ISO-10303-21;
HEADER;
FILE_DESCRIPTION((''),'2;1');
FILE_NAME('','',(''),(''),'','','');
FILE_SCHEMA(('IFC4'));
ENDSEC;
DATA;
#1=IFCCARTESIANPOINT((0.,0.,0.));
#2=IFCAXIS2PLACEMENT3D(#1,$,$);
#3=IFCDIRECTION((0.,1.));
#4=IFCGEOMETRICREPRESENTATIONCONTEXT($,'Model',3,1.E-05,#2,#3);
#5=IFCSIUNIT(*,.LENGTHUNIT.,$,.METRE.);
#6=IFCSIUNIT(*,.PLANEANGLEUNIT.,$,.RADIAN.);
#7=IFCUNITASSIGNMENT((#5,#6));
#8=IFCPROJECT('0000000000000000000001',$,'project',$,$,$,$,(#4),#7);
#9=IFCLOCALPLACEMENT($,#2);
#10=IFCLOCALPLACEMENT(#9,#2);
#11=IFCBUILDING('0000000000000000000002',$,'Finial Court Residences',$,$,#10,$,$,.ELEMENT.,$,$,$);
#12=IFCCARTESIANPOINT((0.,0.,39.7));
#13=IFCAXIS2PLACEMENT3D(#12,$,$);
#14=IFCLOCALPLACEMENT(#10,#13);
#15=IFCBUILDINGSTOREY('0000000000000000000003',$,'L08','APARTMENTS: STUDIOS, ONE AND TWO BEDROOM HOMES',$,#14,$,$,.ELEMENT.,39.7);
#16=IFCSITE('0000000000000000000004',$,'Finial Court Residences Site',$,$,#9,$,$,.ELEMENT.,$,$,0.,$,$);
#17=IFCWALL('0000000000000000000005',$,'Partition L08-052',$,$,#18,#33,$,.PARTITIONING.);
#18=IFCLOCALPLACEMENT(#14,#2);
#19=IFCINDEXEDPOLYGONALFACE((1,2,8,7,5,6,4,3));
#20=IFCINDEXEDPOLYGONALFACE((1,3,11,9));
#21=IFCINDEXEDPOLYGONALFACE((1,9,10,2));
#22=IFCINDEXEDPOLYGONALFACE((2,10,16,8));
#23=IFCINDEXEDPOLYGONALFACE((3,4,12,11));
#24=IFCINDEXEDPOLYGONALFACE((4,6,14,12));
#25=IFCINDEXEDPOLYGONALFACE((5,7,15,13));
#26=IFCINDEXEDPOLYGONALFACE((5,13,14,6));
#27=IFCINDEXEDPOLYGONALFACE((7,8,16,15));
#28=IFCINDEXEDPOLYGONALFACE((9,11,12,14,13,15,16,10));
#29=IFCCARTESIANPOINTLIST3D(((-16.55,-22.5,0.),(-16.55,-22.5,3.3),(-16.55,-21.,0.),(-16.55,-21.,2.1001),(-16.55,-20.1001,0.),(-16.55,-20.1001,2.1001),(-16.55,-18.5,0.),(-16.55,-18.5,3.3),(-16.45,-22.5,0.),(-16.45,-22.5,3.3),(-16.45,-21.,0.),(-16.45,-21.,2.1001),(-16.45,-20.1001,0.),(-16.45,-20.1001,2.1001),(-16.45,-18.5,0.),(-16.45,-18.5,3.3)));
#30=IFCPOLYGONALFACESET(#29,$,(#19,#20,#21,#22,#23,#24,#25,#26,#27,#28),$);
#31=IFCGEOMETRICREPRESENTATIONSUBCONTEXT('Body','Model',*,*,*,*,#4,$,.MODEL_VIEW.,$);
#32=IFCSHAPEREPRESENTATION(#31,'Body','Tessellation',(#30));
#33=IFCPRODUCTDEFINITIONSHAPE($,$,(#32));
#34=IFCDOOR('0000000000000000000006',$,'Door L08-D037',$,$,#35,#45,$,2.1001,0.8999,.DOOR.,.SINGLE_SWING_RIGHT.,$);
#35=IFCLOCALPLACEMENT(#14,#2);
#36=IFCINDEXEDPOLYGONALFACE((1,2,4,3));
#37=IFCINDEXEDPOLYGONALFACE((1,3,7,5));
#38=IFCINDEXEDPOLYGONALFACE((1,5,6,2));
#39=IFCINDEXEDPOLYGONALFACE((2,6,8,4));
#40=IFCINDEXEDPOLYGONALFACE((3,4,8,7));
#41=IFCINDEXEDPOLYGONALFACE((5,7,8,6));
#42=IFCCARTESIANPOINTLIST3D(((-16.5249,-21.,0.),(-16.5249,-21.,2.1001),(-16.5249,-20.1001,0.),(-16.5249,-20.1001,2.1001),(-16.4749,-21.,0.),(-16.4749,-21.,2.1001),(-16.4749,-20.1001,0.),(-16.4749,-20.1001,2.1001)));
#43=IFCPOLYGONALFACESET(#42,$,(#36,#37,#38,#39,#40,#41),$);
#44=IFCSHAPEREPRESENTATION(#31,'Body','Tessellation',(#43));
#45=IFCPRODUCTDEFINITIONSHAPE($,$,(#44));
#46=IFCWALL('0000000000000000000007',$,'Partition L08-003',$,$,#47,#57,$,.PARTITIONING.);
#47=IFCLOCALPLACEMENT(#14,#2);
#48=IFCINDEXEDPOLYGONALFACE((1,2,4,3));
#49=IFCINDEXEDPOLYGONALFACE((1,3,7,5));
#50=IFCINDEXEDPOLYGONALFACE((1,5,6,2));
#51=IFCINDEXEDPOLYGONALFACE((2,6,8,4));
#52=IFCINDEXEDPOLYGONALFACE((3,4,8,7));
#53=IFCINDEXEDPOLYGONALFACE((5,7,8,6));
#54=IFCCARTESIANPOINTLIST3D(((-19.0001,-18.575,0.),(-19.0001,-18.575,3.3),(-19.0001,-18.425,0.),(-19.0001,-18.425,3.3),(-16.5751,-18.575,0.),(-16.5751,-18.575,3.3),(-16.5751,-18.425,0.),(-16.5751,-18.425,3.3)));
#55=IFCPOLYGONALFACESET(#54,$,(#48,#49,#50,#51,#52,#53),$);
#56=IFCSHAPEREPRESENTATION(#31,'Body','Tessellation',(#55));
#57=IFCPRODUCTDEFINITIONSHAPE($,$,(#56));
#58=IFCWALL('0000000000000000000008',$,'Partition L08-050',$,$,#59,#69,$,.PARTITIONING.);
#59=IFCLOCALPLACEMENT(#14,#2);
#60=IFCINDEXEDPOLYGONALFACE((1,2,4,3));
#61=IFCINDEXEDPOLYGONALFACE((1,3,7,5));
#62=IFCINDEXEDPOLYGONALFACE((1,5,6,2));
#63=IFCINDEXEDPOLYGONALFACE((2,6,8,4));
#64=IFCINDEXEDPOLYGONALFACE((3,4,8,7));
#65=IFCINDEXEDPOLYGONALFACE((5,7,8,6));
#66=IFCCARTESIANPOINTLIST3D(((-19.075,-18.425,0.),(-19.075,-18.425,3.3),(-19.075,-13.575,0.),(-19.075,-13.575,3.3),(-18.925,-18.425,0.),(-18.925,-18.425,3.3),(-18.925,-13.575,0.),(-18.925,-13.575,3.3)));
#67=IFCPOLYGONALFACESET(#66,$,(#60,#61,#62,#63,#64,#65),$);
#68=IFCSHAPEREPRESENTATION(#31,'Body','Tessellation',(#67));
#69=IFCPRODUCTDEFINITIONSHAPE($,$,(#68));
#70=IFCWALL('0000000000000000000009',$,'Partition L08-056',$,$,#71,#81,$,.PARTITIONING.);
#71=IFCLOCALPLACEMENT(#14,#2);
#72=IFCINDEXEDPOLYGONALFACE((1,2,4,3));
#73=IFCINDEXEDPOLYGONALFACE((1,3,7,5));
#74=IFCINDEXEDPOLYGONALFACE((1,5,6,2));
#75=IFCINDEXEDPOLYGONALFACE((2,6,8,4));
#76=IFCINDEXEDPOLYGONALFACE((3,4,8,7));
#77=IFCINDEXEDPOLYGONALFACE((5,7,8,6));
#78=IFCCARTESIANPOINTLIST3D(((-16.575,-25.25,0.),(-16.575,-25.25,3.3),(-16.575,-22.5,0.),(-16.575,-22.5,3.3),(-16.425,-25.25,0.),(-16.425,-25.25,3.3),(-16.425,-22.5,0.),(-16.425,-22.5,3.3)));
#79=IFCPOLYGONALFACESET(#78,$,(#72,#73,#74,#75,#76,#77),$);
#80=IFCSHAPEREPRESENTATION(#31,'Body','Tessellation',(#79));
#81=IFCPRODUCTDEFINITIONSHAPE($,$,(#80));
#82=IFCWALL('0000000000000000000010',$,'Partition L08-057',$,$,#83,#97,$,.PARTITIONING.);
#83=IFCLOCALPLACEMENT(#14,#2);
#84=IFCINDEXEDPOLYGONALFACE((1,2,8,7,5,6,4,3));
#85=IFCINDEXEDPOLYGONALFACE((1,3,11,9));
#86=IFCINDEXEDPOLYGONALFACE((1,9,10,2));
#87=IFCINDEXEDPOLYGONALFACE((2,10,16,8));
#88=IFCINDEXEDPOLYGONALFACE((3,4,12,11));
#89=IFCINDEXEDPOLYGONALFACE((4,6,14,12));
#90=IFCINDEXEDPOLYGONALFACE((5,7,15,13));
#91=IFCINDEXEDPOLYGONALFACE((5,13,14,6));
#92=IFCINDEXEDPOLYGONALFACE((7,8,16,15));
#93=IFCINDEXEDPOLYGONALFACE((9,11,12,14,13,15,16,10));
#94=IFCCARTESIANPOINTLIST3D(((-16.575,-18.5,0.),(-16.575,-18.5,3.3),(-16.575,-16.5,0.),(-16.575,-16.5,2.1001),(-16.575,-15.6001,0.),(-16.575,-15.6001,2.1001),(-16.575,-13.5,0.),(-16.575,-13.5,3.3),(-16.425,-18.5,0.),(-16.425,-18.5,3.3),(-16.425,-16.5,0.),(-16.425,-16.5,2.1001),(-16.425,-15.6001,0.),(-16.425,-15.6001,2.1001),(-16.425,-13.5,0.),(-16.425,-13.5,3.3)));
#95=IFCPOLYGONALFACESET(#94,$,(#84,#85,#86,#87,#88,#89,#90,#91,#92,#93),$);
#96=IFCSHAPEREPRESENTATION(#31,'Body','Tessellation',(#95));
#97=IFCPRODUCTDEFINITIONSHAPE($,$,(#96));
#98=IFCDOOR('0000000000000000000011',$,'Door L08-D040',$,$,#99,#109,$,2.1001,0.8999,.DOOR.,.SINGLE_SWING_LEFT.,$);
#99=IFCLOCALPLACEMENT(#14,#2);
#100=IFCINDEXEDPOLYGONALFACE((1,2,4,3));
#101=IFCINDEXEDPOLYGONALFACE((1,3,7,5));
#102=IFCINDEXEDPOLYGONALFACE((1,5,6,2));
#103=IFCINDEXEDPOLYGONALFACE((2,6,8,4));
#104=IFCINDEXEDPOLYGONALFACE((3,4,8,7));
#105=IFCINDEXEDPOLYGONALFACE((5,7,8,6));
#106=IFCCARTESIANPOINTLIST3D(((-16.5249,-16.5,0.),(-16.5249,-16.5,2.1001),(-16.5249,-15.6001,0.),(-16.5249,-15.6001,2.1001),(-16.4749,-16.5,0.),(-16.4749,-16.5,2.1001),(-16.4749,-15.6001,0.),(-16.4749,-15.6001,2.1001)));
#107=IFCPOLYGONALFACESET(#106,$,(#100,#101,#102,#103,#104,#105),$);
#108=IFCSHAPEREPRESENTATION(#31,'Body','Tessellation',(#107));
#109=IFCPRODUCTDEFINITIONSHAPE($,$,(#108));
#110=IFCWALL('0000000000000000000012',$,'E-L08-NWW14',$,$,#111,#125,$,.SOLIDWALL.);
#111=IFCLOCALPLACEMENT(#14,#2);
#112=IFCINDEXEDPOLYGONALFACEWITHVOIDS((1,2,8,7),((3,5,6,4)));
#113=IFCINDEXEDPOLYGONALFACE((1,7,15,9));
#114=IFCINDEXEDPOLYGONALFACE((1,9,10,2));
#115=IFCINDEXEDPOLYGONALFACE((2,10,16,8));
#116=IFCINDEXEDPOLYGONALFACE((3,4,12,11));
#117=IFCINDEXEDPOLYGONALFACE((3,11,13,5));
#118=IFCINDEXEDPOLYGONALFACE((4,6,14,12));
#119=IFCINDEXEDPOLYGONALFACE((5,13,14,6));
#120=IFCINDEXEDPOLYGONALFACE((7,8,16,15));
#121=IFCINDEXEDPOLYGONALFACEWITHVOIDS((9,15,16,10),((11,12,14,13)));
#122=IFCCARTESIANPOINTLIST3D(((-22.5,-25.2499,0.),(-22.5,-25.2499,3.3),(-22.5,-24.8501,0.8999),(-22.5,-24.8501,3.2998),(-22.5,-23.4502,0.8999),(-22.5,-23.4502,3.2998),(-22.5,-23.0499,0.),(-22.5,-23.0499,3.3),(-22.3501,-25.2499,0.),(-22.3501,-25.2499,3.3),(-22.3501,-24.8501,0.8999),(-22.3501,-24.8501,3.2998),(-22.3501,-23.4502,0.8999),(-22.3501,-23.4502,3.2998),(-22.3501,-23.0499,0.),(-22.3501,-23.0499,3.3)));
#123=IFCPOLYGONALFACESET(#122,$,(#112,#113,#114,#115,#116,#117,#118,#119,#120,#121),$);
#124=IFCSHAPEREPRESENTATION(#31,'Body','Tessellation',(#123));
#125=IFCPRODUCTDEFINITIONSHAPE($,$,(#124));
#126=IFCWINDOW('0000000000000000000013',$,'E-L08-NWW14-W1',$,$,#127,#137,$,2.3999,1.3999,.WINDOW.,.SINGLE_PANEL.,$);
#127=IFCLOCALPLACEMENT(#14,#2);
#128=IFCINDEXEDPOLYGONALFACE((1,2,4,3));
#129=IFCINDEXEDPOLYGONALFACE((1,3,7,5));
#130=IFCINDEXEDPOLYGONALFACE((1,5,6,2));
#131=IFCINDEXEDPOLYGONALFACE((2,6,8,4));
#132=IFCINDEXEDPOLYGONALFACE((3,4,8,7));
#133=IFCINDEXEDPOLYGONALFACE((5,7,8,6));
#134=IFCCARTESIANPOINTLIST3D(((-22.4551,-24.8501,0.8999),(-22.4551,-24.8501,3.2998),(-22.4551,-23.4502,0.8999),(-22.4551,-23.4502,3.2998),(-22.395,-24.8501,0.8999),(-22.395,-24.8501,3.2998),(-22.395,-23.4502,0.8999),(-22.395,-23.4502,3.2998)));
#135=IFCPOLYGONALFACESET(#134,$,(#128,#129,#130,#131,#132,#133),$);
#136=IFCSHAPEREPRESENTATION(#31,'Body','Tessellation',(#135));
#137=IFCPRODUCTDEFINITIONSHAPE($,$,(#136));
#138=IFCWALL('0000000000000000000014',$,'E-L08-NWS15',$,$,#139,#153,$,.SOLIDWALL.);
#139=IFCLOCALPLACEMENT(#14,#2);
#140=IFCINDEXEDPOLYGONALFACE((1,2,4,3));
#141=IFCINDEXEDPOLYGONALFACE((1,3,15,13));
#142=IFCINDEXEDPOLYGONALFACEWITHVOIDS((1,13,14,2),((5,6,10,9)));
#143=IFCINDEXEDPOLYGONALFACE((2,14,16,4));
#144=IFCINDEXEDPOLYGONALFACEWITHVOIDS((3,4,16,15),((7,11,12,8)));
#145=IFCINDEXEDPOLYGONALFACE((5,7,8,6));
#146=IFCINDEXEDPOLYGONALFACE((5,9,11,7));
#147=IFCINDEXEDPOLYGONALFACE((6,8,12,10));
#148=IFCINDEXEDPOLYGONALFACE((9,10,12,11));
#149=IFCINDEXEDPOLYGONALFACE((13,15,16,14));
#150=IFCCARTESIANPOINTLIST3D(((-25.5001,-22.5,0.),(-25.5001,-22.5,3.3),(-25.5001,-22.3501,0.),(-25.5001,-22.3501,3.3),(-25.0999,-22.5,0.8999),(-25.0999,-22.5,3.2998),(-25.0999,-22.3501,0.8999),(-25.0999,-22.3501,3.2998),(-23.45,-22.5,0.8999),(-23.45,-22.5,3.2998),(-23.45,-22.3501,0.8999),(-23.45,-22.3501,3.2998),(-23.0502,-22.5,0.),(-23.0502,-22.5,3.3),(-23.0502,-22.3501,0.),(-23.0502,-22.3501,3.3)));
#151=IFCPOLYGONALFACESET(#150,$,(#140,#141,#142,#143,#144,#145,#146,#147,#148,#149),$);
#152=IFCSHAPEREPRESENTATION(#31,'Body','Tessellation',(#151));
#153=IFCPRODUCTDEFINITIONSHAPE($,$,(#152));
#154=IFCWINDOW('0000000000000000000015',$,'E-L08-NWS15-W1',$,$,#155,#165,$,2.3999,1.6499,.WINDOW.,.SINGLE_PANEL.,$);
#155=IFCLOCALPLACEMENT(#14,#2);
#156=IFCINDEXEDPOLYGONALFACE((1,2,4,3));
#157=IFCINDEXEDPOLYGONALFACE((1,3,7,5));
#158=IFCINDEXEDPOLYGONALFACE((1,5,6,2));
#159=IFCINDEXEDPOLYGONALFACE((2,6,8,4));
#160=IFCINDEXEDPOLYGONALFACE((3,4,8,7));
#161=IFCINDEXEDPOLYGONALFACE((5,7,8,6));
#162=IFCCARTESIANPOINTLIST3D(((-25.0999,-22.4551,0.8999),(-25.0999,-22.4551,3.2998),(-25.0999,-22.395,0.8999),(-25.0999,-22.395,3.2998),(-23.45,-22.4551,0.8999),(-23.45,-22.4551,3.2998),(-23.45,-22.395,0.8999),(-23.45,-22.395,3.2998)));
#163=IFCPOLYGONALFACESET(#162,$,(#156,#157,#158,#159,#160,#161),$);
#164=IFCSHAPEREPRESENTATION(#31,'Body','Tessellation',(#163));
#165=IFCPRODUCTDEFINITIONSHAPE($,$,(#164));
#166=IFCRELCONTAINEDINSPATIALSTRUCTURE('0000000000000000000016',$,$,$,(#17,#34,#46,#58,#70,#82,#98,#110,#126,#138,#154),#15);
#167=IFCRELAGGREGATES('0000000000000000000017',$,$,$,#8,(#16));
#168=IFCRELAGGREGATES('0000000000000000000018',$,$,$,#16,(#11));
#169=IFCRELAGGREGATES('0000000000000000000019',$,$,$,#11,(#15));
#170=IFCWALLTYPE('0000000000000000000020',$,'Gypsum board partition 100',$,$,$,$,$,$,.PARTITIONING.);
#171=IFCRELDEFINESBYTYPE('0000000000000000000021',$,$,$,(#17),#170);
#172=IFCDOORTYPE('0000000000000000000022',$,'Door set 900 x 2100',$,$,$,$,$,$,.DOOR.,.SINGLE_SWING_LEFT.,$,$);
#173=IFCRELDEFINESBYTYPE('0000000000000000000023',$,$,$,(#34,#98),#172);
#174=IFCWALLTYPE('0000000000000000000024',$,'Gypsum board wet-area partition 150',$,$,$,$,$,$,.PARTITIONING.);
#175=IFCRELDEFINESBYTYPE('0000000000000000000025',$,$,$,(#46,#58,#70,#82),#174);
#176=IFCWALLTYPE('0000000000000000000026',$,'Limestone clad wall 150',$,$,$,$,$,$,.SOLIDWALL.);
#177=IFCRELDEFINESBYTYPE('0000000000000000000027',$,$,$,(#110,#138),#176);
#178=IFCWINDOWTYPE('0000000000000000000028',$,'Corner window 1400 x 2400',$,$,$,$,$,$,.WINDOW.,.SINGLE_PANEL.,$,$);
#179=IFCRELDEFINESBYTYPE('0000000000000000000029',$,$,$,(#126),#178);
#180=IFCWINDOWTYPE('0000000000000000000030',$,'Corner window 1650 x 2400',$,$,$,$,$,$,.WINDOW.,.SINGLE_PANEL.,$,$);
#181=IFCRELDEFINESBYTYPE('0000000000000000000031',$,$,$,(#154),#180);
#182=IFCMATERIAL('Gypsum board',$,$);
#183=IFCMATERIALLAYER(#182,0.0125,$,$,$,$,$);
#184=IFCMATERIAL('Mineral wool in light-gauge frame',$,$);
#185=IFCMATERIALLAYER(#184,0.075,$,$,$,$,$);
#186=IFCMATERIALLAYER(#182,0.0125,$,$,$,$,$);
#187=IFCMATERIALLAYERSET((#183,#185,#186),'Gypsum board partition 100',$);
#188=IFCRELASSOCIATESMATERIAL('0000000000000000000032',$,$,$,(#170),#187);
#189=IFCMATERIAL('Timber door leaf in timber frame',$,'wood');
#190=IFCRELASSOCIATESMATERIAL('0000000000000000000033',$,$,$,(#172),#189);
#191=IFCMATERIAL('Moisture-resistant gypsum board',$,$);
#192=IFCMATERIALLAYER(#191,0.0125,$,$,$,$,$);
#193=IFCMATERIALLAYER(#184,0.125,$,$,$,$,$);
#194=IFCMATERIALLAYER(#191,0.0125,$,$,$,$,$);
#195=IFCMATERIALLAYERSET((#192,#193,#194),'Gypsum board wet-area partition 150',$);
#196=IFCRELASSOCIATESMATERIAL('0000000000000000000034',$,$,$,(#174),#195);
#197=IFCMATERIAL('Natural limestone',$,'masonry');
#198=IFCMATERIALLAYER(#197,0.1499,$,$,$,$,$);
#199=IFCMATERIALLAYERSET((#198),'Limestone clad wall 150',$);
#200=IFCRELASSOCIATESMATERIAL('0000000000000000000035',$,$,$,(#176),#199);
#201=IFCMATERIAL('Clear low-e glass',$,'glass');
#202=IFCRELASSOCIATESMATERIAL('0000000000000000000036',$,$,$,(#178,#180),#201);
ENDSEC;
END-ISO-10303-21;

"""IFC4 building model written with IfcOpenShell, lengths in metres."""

from ifc_helpers import new_model, si_unit, direction, frame, frame_2d, origin, place, context, subcontext, project, spatial, rectangle, extrude, material, layer, layer_set, type_object, element, fill, save


model = new_model("IFC4")

# Units and contexts
model_context = context("Model", 3, precision=1e-05, world=origin(), true_north=direction((0.0, 1.0)))
body_context = subcontext(model_context, "Body", "Model", "MODEL_VIEW")
ifc_project = project(units=[si_unit("LENGTHUNIT", "METRE"), si_unit("PLANEANGLEUNIT", "RADIAN")], contexts=[model_context])

# Site, building, storey
site_placement = place(None, origin())
site = spatial("IfcSite", under=ifc_project, at=site_placement, Name="Finial Court Residences Site", CompositionType="ELEMENT", RefElevation=0.0)
building_placement = place(site_placement, origin())
building = spatial("IfcBuilding", under=site, at=building_placement, Name="Finial Court Residences", CompositionType="ELEMENT")
storey_placement = place(building_placement, frame((0.0, 0.0, 39.7)))
storey = spatial("IfcBuildingStorey", under=building, at=storey_placement, Name="L08", Description="APARTMENTS: STUDIOS, ONE AND TWO BEDROOM HOMES", CompositionType="ELEMENT", Elevation=39.7)

# Shared definitions
ifc_material_1 = material(Name="Clear low-e glass", Category="glass")

# Wall, opening, door
ifc_material_2 = material(Name="Gypsum board")
ifc_layer_1 = layer(ifc_material_2, 0.0125)
ifc_material_3 = material(Name="Mineral wool in light-gauge frame")
ifc_layer_2 = layer(ifc_material_3, 0.075)
ifc_layer_3 = layer(ifc_material_2, 0.0125)
ifc_layer_set_1 = layer_set([ifc_layer_1, ifc_layer_2, ifc_layer_3], Name="Gypsum board partition 100")
wall_type_1 = type_object("IfcWallType", Name="Gypsum board partition 100", PredefinedType="PARTITIONING", material=ifc_layer_set_1)
ifc_material_4 = material(Name="Timber door leaf in timber frame", Category="wood")
door_type = type_object("IfcDoorType", Name="Door set 900 x 2100", OperationType="SINGLE_SWING_LEFT", PredefinedType="DOOR", material=ifc_material_4)
wall_1_placement = place(storey_placement, frame((-16.5, -22.5, 0.0), z_axis=(0.0, 0.0, 1.0), x_axis=(0.0, 1.0, 0.0)))
wall_1 = element("IfcWall", 1, at=wall_1_placement, inside=storey, type_object=wall_type_1, Name="Partition L08-052", PredefinedType="PARTITIONING", context=body_context, shape_type="SweptSolid", body=[
    extrude(rectangle(XDim=4.0, YDim=0.1001, at=frame_2d((2.0, 0.0))), origin(), (0.0, 0.0, 1.0), 3.3),
])
opening_1_placement = place(wall_1_placement, frame((1.5, 0.0, 0.0)))
opening_1 = element("IfcOpeningElement", 2, at=opening_1_placement, cuts=wall_1, PredefinedType="OPENING", context=body_context, shape_type="SweptSolid", body=[
    extrude(rectangle(XDim=0.8999, YDim=2.1001, at=frame_2d((0.45, 1.05))), frame((0.0, 0.0601, 0.0), z_axis=(0.0, -1.0, 0.0), x_axis=(1.0, 0.0, 0.0)), (0.0, 0.0, 1.0), 0.1201),
])
door_1_placement = place(opening_1_placement, origin())
door_1 = element("IfcDoor", 3, at=door_1_placement, inside=storey, type_object=door_type, Name="Door L08-D037", OperationType="SINGLE_SWING_RIGHT", OverallHeight=2.1001, OverallWidth=0.8999, PredefinedType="DOOR", context=body_context, shape_type="SweptSolid", body=[
    extrude(rectangle(XDim=0.8999, YDim=2.1001, at=frame_2d((0.45, 1.05))), frame((0.0, 0.0249, 0.0), z_axis=(0.0, -1.0, 0.0), x_axis=(1.0, 0.0, 0.0)), (0.0, 0.0, 1.0), 0.05),
])
fill(opening_1, door_1)

# Walls
ifc_material_5 = material(Name="Moisture-resistant gypsum board")
ifc_layer_4 = layer(ifc_material_5, 0.0125)
ifc_layer_5 = layer(ifc_material_3, 0.125)
ifc_layer_6 = layer(ifc_material_5, 0.0125)
ifc_layer_set_2 = layer_set([ifc_layer_4, ifc_layer_5, ifc_layer_6], Name="Gypsum board wet-area partition 150")
wall_type_2 = type_object("IfcWallType", Name="Gypsum board wet-area partition 150", PredefinedType="PARTITIONING", material=ifc_layer_set_2)
wall_2_placement = place(storey_placement, frame((-19.0, -18.5, 0.0), z_axis=(0.0, 0.0, 1.0), x_axis=(1.0, 0.0, 0.0)))
element("IfcWall", 4, at=wall_2_placement, inside=storey, type_object=wall_type_2, Name="Partition L08-003", PredefinedType="PARTITIONING", context=body_context, shape_type="SweptSolid", body=[
    extrude(rectangle(XDim=2.425, YDim=0.1499, at=frame_2d((1.2124, 0.0))), origin(), (0.0, 0.0, 1.0), 3.3),
])
wall_3_placement = place(storey_placement, frame((-19.0, -18.425, 0.0), z_axis=(0.0, 0.0, 1.0), x_axis=(0.0, 1.0, 0.0)))
element("IfcWall", 5, at=wall_3_placement, inside=storey, type_object=wall_type_2, Name="Partition L08-050", PredefinedType="PARTITIONING", context=body_context, shape_type="SweptSolid", body=[
    extrude(rectangle(XDim=4.8501, YDim=0.1499, at=frame_2d((2.425, 0.0))), origin(), (0.0, 0.0, 1.0), 3.3),
])
wall_4_placement = place(storey_placement, frame((-16.5, -25.25, 0.0), z_axis=(0.0, 0.0, 1.0), x_axis=(0.0, 1.0, 0.0)))
element("IfcWall", 6, at=wall_4_placement, inside=storey, type_object=wall_type_2, Name="Partition L08-056", PredefinedType="PARTITIONING", context=body_context, shape_type="SweptSolid", body=[
    extrude(rectangle(XDim=2.75, YDim=0.1499, at=frame_2d((1.375, 0.0))), origin(), (0.0, 0.0, 1.0), 3.3),
])

# Wall, opening, door
wall_5_placement = place(storey_placement, frame((-16.5, -18.5, 0.0), z_axis=(0.0, 0.0, 1.0), x_axis=(0.0, 1.0, 0.0)))
wall_5 = element("IfcWall", 7, at=wall_5_placement, inside=storey, type_object=wall_type_2, Name="Partition L08-057", PredefinedType="PARTITIONING", context=body_context, shape_type="SweptSolid", body=[
    extrude(rectangle(XDim=5.0, YDim=0.1499, at=frame_2d((2.5, 0.0))), origin(), (0.0, 0.0, 1.0), 3.3),
])
opening_2_placement = place(wall_5_placement, frame((2.0, 0.0, 0.0)))
opening_2 = element("IfcOpeningElement", 8, at=opening_2_placement, cuts=wall_5, PredefinedType="OPENING", context=body_context, shape_type="SweptSolid", body=[
    extrude(rectangle(XDim=0.8999, YDim=2.1001, at=frame_2d((0.45, 1.05))), frame((0.0, 0.085, 0.0), z_axis=(0.0, -1.0, 0.0), x_axis=(1.0, 0.0, 0.0)), (0.0, 0.0, 1.0), 0.1699),
])
door_2_placement = place(opening_2_placement, origin())
door_2 = element("IfcDoor", 9, at=door_2_placement, inside=storey, type_object=door_type, Name="Door L08-D040", OperationType="SINGLE_SWING_LEFT", OverallHeight=2.1001, OverallWidth=0.8999, PredefinedType="DOOR", context=body_context, shape_type="SweptSolid", body=[
    extrude(rectangle(XDim=0.8999, YDim=2.1001, at=frame_2d((0.45, 1.05))), frame((0.0, 0.0249, 0.0), z_axis=(0.0, -1.0, 0.0), x_axis=(1.0, 0.0, 0.0)), (0.0, 0.0, 1.0), 0.05),
])
fill(opening_2, door_2)

# Walls, openings, windows
ifc_material_6 = material(Name="Natural limestone", Category="masonry")
ifc_layer_7 = layer(ifc_material_6, 0.1499)
ifc_layer_set_3 = layer_set([ifc_layer_7], Name="Limestone clad wall 150")
wall_type_3 = type_object("IfcWallType", Name="Limestone clad wall 150", PredefinedType="SOLIDWALL", material=ifc_layer_set_3)
wall_6_placement = place(storey_placement, frame((-22.425, -25.25, 0.0), z_axis=(0.0, 0.0, 1.0), x_axis=(0.0, 1.0, 0.0)))
wall_6 = element("IfcWall", 10, at=wall_6_placement, inside=storey, type_object=wall_type_3, Name="E-L08-NWW14", PredefinedType="SOLIDWALL", context=body_context, shape_type="SweptSolid", body=[
    extrude(rectangle(XDim=2.2, YDim=0.1499, at=frame_2d((1.1001, 0.0))), origin(), (0.0, 0.0, 1.0), 3.3),
])
opening_3_placement = place(wall_6_placement, frame((0.3999, 0.0, 0.8999)))
opening_3 = element("IfcOpeningElement", 11, at=opening_3_placement, cuts=wall_6, PredefinedType="OPENING", context=body_context, shape_type="SweptSolid", body=[
    extrude(rectangle(XDim=1.3999, YDim=2.3999, at=frame_2d((0.7, 1.2))), frame((0.0, 0.085, 0.0), z_axis=(0.0, -1.0, 0.0), x_axis=(1.0, 0.0, 0.0)), (0.0, 0.0, 1.0), 0.1699),
])
window_type_1 = type_object("IfcWindowType", Name="Corner window 1400 x 2400", PartitioningType="SINGLE_PANEL", PredefinedType="WINDOW", material=ifc_material_1)
window_1_placement = place(opening_3_placement, origin())
window_1 = element("IfcWindow", 12, at=window_1_placement, inside=storey, type_object=window_type_1, Name="E-L08-NWW14-W1", OverallHeight=2.3999, OverallWidth=1.3999, PartitioningType="SINGLE_PANEL", PredefinedType="WINDOW", context=body_context, shape_type="SweptSolid", body=[
    extrude(rectangle(XDim=1.3999, YDim=2.3999, at=frame_2d((0.7, 1.2))), frame((0.0, 0.03, 0.0), z_axis=(0.0, -1.0, 0.0), x_axis=(1.0, 0.0, 0.0)), (0.0, 0.0, 1.0), 0.0601),
])
fill(opening_3, window_1)
wall_7_placement = place(storey_placement, frame((-23.05, -22.425, 0.0), z_axis=(0.0, 0.0, 1.0), x_axis=(-1.0, 0.0, 0.0)))
wall_7 = element("IfcWall", 13, at=wall_7_placement, inside=storey, type_object=wall_type_3, Name="E-L08-NWS15", PredefinedType="SOLIDWALL", context=body_context, shape_type="SweptSolid", body=[
    extrude(rectangle(XDim=2.45, YDim=0.1499, at=frame_2d((1.2251, 0.0))), origin(), (0.0, 0.0, 1.0), 3.3),
])
opening_4_placement = place(wall_7_placement, frame((0.3999, 0.0, 0.8999)))
opening_4 = element("IfcOpeningElement", 14, at=opening_4_placement, cuts=wall_7, PredefinedType="OPENING", context=body_context, shape_type="SweptSolid", body=[
    extrude(rectangle(XDim=1.6499, YDim=2.3999, at=frame_2d((0.825, 1.2))), frame((0.0, 0.085, 0.0), z_axis=(0.0, -1.0, 0.0), x_axis=(1.0, 0.0, 0.0)), (0.0, 0.0, 1.0), 0.1699),
])
window_type_2 = type_object("IfcWindowType", Name="Corner window 1650 x 2400", PartitioningType="SINGLE_PANEL", PredefinedType="WINDOW", material=ifc_material_1)
window_2_placement = place(opening_4_placement, origin())
window_2 = element("IfcWindow", 15, at=window_2_placement, inside=storey, type_object=window_type_2, Name="E-L08-NWS15-W1", OverallHeight=2.3999, OverallWidth=1.6499, PartitioningType="SINGLE_PANEL", PredefinedType="WINDOW", context=body_context, shape_type="SweptSolid", body=[
    extrude(rectangle(XDim=1.6499, YDim=2.3999, at=frame_2d((0.825, 1.2))), frame((0.0, 0.03, 0.0), z_axis=(0.0, -1.0, 0.0), x_axis=(1.0, 0.0, 0.0)), (0.0, 0.0, 1.0), 0.0601),
])
fill(opening_4, window_2)

save(model, "model.ifc")
